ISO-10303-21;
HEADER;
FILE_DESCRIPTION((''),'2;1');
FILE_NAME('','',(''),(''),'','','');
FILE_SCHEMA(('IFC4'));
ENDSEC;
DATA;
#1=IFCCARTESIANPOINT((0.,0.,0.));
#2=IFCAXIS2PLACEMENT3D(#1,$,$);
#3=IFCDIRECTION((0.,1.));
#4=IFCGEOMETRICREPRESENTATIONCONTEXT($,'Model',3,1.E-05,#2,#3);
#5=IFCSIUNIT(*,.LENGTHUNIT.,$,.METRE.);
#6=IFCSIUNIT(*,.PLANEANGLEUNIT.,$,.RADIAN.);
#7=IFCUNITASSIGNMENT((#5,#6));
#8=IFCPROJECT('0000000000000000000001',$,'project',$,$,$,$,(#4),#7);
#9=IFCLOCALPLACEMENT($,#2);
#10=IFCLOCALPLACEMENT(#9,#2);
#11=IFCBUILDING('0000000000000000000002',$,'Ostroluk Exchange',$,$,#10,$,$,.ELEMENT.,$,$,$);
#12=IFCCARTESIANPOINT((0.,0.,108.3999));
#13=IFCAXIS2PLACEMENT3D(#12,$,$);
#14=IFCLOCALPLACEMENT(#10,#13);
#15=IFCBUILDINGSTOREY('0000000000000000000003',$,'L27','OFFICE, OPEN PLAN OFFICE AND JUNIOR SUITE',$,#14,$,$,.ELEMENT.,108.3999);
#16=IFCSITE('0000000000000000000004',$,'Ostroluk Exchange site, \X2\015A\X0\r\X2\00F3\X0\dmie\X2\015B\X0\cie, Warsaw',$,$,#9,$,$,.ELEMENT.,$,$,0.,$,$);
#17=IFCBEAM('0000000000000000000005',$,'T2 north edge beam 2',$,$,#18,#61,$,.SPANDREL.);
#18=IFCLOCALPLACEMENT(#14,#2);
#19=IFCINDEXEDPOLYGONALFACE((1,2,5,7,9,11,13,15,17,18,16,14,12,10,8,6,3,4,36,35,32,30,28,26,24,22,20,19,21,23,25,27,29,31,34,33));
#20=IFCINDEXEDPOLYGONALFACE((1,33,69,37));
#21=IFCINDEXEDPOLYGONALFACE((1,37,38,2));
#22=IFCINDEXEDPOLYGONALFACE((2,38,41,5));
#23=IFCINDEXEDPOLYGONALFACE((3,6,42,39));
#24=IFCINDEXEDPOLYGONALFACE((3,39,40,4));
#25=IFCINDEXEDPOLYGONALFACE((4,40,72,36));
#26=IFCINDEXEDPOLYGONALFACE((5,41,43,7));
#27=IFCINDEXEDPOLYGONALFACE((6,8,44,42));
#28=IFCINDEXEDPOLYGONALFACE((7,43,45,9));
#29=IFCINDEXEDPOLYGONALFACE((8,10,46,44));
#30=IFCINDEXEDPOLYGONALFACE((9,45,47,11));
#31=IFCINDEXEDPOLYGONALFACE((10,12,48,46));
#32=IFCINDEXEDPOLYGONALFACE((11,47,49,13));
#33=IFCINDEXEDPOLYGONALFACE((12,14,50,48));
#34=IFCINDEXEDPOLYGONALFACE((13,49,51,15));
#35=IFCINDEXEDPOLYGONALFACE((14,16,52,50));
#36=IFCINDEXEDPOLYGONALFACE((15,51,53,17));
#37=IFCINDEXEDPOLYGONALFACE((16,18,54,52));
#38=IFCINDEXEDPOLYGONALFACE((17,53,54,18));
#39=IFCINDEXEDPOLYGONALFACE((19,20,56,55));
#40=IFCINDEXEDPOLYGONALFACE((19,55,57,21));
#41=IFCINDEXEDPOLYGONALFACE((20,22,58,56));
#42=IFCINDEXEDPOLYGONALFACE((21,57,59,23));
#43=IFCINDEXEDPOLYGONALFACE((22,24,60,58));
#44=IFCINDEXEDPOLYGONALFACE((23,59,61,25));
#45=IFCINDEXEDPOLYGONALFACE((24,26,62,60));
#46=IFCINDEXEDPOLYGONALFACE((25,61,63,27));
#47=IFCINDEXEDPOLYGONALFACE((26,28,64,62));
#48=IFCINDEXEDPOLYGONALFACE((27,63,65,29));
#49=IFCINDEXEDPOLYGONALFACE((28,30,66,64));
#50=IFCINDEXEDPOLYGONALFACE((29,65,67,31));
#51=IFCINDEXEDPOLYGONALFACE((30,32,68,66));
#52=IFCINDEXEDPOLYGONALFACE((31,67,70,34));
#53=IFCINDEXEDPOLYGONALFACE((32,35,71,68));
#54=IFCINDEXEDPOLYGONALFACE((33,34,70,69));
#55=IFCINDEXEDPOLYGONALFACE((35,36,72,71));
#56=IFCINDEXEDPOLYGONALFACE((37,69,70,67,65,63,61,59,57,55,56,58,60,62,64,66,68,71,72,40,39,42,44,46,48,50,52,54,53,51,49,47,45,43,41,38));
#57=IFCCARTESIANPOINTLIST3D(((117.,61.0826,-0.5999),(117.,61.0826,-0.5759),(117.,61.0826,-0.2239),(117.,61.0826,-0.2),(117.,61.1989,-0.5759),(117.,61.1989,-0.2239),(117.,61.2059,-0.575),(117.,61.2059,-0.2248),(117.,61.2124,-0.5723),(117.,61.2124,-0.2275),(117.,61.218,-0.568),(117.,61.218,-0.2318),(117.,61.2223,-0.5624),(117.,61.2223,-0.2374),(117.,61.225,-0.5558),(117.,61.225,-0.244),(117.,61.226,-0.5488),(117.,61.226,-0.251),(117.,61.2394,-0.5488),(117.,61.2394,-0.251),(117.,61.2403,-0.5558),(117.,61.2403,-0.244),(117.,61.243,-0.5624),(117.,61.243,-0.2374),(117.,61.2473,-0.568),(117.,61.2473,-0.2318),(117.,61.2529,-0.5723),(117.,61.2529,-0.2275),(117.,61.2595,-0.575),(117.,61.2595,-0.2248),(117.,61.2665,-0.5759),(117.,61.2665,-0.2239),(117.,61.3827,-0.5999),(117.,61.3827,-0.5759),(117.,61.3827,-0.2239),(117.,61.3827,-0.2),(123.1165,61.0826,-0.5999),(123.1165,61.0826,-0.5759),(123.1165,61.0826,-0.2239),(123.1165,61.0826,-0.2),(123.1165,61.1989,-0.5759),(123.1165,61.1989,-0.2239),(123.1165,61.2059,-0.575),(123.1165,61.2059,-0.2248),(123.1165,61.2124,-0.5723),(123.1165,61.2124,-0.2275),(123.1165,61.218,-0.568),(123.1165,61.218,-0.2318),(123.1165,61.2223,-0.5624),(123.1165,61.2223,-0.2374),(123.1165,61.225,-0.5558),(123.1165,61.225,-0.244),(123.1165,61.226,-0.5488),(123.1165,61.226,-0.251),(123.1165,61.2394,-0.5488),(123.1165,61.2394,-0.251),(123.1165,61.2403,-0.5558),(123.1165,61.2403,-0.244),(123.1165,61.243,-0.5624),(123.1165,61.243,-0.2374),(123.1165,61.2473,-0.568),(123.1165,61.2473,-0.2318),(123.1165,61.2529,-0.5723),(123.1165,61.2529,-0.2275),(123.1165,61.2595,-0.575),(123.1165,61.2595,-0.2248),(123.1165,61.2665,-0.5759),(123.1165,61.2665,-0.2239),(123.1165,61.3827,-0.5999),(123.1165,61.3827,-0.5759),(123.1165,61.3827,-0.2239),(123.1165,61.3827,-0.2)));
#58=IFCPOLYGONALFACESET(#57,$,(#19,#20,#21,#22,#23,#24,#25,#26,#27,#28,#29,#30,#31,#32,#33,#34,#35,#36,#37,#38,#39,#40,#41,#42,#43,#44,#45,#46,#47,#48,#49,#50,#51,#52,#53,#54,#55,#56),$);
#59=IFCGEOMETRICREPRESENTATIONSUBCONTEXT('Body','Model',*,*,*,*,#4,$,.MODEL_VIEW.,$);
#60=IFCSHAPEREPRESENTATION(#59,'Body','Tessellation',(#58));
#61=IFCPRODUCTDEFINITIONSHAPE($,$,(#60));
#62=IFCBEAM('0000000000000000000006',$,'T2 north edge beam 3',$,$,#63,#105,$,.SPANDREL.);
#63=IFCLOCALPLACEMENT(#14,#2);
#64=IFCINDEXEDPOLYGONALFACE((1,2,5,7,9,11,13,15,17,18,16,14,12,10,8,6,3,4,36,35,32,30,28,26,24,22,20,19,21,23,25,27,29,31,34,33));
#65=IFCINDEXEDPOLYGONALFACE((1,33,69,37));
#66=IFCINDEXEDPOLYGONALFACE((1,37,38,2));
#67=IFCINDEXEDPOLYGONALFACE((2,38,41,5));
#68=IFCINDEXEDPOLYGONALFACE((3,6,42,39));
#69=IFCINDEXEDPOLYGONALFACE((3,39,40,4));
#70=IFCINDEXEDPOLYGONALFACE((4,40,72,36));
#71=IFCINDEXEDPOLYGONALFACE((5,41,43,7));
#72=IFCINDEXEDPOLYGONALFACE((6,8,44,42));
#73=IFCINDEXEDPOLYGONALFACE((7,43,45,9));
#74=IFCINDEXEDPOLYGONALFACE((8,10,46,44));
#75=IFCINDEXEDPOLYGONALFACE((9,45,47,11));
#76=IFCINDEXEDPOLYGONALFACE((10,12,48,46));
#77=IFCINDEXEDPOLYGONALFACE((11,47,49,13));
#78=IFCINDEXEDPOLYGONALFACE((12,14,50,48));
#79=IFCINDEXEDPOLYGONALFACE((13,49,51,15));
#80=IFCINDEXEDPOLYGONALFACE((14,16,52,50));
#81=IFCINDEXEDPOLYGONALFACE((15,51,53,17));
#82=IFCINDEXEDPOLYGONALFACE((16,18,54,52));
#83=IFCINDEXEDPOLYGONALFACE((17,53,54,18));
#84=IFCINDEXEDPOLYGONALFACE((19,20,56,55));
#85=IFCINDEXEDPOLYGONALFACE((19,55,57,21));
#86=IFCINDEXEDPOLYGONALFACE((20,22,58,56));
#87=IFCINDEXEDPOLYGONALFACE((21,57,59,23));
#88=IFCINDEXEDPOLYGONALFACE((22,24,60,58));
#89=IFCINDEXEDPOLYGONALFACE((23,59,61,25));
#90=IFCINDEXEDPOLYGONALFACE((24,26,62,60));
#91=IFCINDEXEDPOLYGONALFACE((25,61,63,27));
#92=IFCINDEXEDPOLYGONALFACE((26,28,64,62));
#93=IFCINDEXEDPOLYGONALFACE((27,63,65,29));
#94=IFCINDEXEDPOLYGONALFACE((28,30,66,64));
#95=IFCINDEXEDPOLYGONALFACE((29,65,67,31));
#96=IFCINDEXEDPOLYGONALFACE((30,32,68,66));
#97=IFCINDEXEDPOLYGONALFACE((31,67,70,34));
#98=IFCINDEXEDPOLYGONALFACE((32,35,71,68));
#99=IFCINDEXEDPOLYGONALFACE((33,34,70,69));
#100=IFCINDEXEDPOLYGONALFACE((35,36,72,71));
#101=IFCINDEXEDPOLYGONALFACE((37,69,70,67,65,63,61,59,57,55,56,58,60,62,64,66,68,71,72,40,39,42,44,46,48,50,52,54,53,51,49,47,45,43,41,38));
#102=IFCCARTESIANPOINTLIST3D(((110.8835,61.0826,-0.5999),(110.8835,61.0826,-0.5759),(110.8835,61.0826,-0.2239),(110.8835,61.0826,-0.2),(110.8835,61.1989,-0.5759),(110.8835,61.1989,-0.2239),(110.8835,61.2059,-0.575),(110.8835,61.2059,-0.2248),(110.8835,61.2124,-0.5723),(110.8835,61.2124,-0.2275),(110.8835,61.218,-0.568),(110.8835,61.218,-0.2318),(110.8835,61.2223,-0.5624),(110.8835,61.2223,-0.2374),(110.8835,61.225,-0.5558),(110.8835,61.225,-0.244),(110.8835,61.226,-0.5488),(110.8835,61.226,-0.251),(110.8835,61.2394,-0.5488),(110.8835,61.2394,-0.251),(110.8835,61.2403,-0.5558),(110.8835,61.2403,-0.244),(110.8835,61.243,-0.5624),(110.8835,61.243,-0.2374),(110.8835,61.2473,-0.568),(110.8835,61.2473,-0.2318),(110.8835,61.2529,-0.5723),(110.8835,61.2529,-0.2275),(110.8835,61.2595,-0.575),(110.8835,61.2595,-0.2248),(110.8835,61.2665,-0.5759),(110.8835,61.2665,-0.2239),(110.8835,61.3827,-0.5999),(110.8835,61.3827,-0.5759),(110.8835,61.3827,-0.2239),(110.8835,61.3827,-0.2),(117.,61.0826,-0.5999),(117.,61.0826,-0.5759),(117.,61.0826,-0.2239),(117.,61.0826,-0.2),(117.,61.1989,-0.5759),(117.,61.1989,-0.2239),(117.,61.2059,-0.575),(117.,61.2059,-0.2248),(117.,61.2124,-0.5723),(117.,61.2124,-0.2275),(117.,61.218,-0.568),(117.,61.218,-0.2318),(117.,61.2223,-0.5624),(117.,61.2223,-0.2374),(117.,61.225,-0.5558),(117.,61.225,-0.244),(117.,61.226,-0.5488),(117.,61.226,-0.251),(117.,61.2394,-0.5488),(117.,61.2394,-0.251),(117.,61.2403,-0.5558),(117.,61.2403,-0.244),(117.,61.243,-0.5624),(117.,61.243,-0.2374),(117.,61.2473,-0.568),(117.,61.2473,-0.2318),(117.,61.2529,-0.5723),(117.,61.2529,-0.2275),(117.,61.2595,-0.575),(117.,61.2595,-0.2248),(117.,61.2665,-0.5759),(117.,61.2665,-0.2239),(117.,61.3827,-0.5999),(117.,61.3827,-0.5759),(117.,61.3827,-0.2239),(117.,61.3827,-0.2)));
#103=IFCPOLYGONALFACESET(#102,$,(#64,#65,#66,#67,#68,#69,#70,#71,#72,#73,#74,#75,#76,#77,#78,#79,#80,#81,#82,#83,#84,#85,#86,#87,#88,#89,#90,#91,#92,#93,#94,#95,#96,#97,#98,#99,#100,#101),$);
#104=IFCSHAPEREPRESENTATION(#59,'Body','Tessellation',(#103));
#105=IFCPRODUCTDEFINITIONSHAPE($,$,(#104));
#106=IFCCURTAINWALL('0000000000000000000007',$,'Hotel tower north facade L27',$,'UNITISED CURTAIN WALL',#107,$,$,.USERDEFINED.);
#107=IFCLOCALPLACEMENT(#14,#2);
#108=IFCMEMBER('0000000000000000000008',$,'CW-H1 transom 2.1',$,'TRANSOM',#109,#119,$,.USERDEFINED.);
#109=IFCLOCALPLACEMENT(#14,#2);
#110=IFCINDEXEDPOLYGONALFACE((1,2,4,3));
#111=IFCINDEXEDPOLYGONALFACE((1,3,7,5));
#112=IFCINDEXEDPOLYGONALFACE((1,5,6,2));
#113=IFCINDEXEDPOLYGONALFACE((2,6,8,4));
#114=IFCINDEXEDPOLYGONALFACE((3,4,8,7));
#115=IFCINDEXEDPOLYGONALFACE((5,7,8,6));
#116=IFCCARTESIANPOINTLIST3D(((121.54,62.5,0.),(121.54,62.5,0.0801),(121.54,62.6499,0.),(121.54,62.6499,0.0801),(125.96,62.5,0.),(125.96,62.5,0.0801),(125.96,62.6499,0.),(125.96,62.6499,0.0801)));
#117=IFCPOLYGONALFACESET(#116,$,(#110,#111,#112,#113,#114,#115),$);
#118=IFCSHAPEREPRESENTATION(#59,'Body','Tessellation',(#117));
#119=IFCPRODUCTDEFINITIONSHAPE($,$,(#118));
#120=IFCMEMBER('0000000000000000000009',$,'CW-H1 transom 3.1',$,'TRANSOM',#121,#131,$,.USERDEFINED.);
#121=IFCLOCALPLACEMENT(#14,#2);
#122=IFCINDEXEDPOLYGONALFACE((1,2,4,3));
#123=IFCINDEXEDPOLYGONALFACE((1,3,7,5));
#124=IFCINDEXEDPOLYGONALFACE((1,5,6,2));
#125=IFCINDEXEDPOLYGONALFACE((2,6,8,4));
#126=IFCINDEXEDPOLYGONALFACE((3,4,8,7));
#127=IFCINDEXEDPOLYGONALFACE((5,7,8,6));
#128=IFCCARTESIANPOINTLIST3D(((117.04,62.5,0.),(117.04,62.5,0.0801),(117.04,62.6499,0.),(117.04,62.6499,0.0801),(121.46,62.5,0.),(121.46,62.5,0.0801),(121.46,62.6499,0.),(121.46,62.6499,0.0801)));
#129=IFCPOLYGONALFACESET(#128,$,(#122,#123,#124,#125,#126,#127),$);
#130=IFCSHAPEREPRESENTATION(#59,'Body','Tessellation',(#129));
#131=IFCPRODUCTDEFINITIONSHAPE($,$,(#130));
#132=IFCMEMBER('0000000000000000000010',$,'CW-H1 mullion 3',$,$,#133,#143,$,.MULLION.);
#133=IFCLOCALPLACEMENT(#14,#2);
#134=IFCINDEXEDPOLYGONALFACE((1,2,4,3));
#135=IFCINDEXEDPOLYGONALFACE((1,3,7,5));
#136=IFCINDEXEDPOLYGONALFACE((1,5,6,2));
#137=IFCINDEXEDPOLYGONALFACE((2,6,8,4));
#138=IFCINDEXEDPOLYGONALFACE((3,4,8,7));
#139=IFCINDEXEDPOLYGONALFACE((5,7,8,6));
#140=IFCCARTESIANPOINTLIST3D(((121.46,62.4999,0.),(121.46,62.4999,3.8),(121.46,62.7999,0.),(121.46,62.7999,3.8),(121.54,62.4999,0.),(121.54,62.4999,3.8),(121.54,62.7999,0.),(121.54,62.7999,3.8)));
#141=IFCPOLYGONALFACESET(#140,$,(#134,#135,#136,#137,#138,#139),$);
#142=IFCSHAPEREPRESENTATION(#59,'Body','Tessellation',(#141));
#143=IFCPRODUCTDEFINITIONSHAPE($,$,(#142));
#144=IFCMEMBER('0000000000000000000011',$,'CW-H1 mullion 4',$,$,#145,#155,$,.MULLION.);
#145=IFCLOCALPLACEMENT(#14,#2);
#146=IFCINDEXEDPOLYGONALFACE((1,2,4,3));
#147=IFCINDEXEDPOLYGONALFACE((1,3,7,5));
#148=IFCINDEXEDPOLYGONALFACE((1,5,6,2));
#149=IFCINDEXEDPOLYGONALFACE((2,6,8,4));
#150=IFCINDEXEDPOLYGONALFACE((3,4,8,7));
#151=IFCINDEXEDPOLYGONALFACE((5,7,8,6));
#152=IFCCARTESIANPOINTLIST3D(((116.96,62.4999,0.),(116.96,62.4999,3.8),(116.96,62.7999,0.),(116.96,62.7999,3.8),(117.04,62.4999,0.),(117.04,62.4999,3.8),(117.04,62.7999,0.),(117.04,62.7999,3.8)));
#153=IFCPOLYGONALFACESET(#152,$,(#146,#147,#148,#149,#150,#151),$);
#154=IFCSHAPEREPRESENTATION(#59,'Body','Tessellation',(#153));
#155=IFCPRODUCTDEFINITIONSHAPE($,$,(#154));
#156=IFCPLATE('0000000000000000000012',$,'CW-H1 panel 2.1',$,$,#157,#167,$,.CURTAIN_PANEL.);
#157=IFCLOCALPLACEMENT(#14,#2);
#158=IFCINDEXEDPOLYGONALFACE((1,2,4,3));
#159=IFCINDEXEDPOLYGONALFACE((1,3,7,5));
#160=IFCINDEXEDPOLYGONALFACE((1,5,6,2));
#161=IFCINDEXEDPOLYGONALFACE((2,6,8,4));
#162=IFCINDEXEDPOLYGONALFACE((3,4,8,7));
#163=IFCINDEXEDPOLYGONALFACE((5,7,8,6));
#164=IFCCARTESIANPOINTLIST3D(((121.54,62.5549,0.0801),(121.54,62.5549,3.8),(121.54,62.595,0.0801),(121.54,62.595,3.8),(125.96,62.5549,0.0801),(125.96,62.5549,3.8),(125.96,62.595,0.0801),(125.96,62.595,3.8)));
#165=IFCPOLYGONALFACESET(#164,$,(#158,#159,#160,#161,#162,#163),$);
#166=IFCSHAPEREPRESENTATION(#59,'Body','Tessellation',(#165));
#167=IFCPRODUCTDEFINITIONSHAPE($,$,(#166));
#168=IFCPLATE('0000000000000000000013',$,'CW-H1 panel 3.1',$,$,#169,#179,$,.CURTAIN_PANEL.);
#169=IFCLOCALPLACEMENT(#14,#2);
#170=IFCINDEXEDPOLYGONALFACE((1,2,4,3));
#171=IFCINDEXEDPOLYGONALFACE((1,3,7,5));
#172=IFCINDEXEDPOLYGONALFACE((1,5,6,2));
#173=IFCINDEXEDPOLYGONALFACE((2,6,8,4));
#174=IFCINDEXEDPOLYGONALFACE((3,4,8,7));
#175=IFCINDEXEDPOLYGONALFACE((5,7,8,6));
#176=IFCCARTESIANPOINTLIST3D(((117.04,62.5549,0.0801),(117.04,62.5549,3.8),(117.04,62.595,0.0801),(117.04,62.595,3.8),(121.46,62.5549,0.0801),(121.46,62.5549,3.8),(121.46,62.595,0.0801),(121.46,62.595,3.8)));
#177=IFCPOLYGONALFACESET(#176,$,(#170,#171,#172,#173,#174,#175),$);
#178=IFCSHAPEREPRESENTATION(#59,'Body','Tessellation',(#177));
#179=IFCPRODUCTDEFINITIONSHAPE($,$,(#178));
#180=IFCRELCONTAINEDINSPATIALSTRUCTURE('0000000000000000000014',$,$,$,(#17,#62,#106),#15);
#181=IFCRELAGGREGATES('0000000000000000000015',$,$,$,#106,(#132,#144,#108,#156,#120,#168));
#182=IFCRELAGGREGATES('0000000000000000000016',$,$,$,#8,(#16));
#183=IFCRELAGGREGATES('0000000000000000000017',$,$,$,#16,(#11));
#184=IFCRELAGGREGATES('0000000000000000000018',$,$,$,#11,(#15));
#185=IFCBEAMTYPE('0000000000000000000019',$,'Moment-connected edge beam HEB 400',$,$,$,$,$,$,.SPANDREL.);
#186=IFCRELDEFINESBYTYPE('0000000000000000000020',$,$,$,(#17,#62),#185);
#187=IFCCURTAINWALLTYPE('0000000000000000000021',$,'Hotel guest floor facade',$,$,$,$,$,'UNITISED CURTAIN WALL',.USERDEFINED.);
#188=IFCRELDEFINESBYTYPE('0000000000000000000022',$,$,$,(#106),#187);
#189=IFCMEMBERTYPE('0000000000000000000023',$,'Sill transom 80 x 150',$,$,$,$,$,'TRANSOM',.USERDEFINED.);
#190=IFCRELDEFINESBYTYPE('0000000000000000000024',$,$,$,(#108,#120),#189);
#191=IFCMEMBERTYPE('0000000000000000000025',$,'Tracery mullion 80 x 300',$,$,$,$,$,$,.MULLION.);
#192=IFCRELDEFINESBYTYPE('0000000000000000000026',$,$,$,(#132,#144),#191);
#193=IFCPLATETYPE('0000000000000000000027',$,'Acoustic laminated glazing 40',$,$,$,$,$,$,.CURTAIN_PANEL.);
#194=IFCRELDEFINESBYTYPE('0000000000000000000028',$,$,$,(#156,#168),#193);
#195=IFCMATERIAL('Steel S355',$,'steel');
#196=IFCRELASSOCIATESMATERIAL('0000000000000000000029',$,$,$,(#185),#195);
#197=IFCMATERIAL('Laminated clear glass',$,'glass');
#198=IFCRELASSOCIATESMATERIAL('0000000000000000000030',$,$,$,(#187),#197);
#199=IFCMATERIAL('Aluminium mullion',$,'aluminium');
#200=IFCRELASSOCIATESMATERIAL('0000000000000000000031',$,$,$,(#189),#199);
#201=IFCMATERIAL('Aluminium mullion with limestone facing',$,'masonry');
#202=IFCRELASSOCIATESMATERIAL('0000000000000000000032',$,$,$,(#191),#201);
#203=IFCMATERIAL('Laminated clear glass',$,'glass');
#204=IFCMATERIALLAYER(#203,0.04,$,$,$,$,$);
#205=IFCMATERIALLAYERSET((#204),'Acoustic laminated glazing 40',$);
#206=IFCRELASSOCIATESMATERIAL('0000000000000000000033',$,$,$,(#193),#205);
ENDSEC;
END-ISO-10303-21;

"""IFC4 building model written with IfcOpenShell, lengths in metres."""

from ifc_helpers import new_model, si_unit, direction, frame, origin, origin_2d, place, context, subcontext, project, spatial, rectangle, i_section, extrude, material, layer, layer_set, material_profile, profile_set, type_object, element, aggregate, save


model = new_model("IFC4")

# Units and contexts
model_context = context("Model", 3, precision=1e-05, world=origin(), true_north=direction((0.0, 1.0)))
body_context = subcontext(model_context, "Body", "Model", "MODEL_VIEW")
ifc_project = project(units=[si_unit("LENGTHUNIT", "METRE"), si_unit("PLANEANGLEUNIT", "RADIAN")], contexts=[model_context])

# Site, building, storey
site_placement = place(None, origin())
site = spatial("IfcSite", under=ifc_project, at=site_placement, Name="Ostroluk Exchange site, Śródmieście, Warsaw", CompositionType="ELEMENT", RefElevation=0.0)
building_placement = place(site_placement, origin())
building = spatial("IfcBuilding", under=site, at=building_placement, Name="Ostroluk Exchange", CompositionType="ELEMENT")
storey_placement = place(building_placement, frame((0.0, 0.0, 108.3999)))
storey = spatial("IfcBuildingStorey", under=building, at=storey_placement, Name="L27", Description="OFFICE, OPEN PLAN OFFICE AND JUNIOR SUITE", CompositionType="ELEMENT", Elevation=108.3999)

# Beams
ifc_material_1 = material(Name="Steel S355", Category="steel")
ifc_material_profile_1 = material_profile(ifc_material_1, i_section(OverallWidth=0.3, OverallDepth=0.3999, WebThickness=0.0134, FlangeThickness=0.0239, FilletRadius=0.0271, at=origin_2d()), Name="HEB 400")
ifc_profile_set_1 = profile_set([ifc_material_profile_1], Name="Steel S355")
beam_type_1 = type_object("IfcBeamType", Name="Moment-connected edge beam HEB 400", PredefinedType="SPANDREL", material=ifc_profile_set_1)
for number, where, z_axis, x_axis, name in (
    (1, (123.1165, 61.2327, -0.3999), (-1.0, 0.0, 0.0), (0.0, -1.0, 0.0), "T2 north edge beam 2"),
    (2, (117.0, 61.2327, -0.3999), (-1.0, 0.0, 0.0), (0.0, -1.0, 0.0), "T2 north edge beam 3"),
):
    element("IfcBeam", number, at=place(storey_placement, frame(where, z_axis=z_axis, x_axis=x_axis)), inside=storey, type_object=beam_type_1, Name=name, PredefinedType="SPANDREL", context=body_context, shape_type="SweptSolid", body=[
        extrude(i_section(OverallWidth=0.3, OverallDepth=0.3999, WebThickness=0.0134, FlangeThickness=0.0239, FilletRadius=0.0271, at=origin_2d()), origin(), (0.0, 0.0, 1.0), 6.1165),
    ])

# Curtain wall, members, plates
ifc_material_2 = material(Name="Laminated clear glass", Category="glass")
curtain_wall_type = type_object("IfcCurtainWallType", Name="Hotel guest floor facade", ElementType="UNITISED CURTAIN WALL", PredefinedType="USERDEFINED", material=ifc_material_2)
curtain_wall_placement = place(storey_placement, origin())
curtain_wall = element("IfcCurtainWall", 3, at=curtain_wall_placement, inside=storey, type_object=curtain_wall_type, Name="Hotel tower north facade L27", ObjectType="UNITISED CURTAIN WALL", PredefinedType="USERDEFINED")
ifc_material_3 = material(Name="Aluminium mullion", Category="aluminium")
ifc_material_profile_2 = material_profile(ifc_material_3, rectangle(XDim=0.1499, YDim=0.0801, at=origin_2d()), Name="Sill transom 80 x 150")
ifc_profile_set_2 = profile_set([ifc_material_profile_2], Name="Aluminium mullion")
member_type_1 = type_object("IfcMemberType", Name="Sill transom 80 x 150", ElementType="TRANSOM", PredefinedType="USERDEFINED", material=ifc_profile_set_2)
member_1_placement = place(storey_placement, frame((125.96, 62.575, 0.04), z_axis=(-1.0, 0.0, 0.0), x_axis=(0.0, -1.0, 0.0)))
member_1 = element("IfcMember", 4, at=member_1_placement, type_object=member_type_1, Name="CW-H1 transom 2.1", ObjectType="TRANSOM", PredefinedType="USERDEFINED", context=body_context, shape_type="SweptSolid", body=[
    extrude(rectangle(XDim=0.1499, YDim=0.0801, at=origin_2d()), origin(), (0.0, 0.0, 1.0), 4.4199),
])
member_2_placement = place(storey_placement, frame((121.46, 62.575, 0.04), z_axis=(-1.0, 0.0, 0.0), x_axis=(0.0, -1.0, 0.0)))
member_2 = element("IfcMember", 5, at=member_2_placement, type_object=member_type_1, Name="CW-H1 transom 3.1", ObjectType="TRANSOM", PredefinedType="USERDEFINED", context=body_context, shape_type="SweptSolid", body=[
    extrude(rectangle(XDim=0.1499, YDim=0.0801, at=origin_2d()), origin(), (0.0, 0.0, 1.0), 4.4199),
])
ifc_material_4 = material(Name="Aluminium mullion with limestone facing", Category="masonry")
ifc_material_profile_3 = material_profile(ifc_material_4, rectangle(XDim=0.3, YDim=0.0801, at=origin_2d()), Name="Tracery mullion 80 x 300")
ifc_profile_set_3 = profile_set([ifc_material_profile_3], Name="Aluminium mullion with limestone facing")
member_type_2 = type_object("IfcMemberType", Name="Tracery mullion 80 x 300", PredefinedType="MULLION", material=ifc_profile_set_3)
member_3_placement = place(storey_placement, frame((121.5, 62.6499, 0.0), z_axis=(0.0, 0.0, 1.0), x_axis=(0.0, -1.0, 0.0)))
member_3 = element("IfcMember", 6, at=member_3_placement, type_object=member_type_2, Name="CW-H1 mullion 3", PredefinedType="MULLION", context=body_context, shape_type="SweptSolid", body=[
    extrude(rectangle(XDim=0.3, YDim=0.0801, at=origin_2d()), origin(), (0.0, 0.0, 1.0), 3.8),
])
member_4_placement = place(storey_placement, frame((117.0, 62.6499, 0.0), z_axis=(0.0, 0.0, 1.0), x_axis=(0.0, -1.0, 0.0)))
member_4 = element("IfcMember", 7, at=member_4_placement, type_object=member_type_2, Name="CW-H1 mullion 4", PredefinedType="MULLION", context=body_context, shape_type="SweptSolid", body=[
    extrude(rectangle(XDim=0.3, YDim=0.0801, at=origin_2d()), origin(), (0.0, 0.0, 1.0), 3.8),
])
ifc_material_5 = material(Name="Laminated clear glass", Category="glass")
ifc_layer_1 = layer(ifc_material_5, 0.04)
ifc_layer_set_1 = layer_set([ifc_layer_1], Name="Acoustic laminated glazing 40")
plate_type = type_object("IfcPlateType", Name="Acoustic laminated glazing 40", PredefinedType="CURTAIN_PANEL", material=ifc_layer_set_1)
plate_1_placement = place(storey_placement, frame((123.75, 62.575, 0.0801), z_axis=(0.0, 0.0, 1.0), x_axis=(-1.0, 0.0, 0.0)))
plate_1 = element("IfcPlate", 8, at=plate_1_placement, type_object=plate_type, Name="CW-H1 panel 2.1", PredefinedType="CURTAIN_PANEL", context=body_context, shape_type="SweptSolid", body=[
    extrude(rectangle(XDim=4.4199, YDim=0.04, at=origin_2d()), origin(), (0.0, 0.0, 1.0), 3.72),
])
plate_2_placement = place(storey_placement, frame((119.25, 62.575, 0.0801), z_axis=(0.0, 0.0, 1.0), x_axis=(-1.0, 0.0, 0.0)))
plate_2 = element("IfcPlate", 9, at=plate_2_placement, type_object=plate_type, Name="CW-H1 panel 3.1", PredefinedType="CURTAIN_PANEL", context=body_context, shape_type="SweptSolid", body=[
    extrude(rectangle(XDim=4.4199, YDim=0.04, at=origin_2d()), origin(), (0.0, 0.0, 1.0), 3.72),
])
aggregate(curtain_wall, [member_3, member_4, member_1, plate_1, member_2, plate_2])

save(model, "model.ifc")
